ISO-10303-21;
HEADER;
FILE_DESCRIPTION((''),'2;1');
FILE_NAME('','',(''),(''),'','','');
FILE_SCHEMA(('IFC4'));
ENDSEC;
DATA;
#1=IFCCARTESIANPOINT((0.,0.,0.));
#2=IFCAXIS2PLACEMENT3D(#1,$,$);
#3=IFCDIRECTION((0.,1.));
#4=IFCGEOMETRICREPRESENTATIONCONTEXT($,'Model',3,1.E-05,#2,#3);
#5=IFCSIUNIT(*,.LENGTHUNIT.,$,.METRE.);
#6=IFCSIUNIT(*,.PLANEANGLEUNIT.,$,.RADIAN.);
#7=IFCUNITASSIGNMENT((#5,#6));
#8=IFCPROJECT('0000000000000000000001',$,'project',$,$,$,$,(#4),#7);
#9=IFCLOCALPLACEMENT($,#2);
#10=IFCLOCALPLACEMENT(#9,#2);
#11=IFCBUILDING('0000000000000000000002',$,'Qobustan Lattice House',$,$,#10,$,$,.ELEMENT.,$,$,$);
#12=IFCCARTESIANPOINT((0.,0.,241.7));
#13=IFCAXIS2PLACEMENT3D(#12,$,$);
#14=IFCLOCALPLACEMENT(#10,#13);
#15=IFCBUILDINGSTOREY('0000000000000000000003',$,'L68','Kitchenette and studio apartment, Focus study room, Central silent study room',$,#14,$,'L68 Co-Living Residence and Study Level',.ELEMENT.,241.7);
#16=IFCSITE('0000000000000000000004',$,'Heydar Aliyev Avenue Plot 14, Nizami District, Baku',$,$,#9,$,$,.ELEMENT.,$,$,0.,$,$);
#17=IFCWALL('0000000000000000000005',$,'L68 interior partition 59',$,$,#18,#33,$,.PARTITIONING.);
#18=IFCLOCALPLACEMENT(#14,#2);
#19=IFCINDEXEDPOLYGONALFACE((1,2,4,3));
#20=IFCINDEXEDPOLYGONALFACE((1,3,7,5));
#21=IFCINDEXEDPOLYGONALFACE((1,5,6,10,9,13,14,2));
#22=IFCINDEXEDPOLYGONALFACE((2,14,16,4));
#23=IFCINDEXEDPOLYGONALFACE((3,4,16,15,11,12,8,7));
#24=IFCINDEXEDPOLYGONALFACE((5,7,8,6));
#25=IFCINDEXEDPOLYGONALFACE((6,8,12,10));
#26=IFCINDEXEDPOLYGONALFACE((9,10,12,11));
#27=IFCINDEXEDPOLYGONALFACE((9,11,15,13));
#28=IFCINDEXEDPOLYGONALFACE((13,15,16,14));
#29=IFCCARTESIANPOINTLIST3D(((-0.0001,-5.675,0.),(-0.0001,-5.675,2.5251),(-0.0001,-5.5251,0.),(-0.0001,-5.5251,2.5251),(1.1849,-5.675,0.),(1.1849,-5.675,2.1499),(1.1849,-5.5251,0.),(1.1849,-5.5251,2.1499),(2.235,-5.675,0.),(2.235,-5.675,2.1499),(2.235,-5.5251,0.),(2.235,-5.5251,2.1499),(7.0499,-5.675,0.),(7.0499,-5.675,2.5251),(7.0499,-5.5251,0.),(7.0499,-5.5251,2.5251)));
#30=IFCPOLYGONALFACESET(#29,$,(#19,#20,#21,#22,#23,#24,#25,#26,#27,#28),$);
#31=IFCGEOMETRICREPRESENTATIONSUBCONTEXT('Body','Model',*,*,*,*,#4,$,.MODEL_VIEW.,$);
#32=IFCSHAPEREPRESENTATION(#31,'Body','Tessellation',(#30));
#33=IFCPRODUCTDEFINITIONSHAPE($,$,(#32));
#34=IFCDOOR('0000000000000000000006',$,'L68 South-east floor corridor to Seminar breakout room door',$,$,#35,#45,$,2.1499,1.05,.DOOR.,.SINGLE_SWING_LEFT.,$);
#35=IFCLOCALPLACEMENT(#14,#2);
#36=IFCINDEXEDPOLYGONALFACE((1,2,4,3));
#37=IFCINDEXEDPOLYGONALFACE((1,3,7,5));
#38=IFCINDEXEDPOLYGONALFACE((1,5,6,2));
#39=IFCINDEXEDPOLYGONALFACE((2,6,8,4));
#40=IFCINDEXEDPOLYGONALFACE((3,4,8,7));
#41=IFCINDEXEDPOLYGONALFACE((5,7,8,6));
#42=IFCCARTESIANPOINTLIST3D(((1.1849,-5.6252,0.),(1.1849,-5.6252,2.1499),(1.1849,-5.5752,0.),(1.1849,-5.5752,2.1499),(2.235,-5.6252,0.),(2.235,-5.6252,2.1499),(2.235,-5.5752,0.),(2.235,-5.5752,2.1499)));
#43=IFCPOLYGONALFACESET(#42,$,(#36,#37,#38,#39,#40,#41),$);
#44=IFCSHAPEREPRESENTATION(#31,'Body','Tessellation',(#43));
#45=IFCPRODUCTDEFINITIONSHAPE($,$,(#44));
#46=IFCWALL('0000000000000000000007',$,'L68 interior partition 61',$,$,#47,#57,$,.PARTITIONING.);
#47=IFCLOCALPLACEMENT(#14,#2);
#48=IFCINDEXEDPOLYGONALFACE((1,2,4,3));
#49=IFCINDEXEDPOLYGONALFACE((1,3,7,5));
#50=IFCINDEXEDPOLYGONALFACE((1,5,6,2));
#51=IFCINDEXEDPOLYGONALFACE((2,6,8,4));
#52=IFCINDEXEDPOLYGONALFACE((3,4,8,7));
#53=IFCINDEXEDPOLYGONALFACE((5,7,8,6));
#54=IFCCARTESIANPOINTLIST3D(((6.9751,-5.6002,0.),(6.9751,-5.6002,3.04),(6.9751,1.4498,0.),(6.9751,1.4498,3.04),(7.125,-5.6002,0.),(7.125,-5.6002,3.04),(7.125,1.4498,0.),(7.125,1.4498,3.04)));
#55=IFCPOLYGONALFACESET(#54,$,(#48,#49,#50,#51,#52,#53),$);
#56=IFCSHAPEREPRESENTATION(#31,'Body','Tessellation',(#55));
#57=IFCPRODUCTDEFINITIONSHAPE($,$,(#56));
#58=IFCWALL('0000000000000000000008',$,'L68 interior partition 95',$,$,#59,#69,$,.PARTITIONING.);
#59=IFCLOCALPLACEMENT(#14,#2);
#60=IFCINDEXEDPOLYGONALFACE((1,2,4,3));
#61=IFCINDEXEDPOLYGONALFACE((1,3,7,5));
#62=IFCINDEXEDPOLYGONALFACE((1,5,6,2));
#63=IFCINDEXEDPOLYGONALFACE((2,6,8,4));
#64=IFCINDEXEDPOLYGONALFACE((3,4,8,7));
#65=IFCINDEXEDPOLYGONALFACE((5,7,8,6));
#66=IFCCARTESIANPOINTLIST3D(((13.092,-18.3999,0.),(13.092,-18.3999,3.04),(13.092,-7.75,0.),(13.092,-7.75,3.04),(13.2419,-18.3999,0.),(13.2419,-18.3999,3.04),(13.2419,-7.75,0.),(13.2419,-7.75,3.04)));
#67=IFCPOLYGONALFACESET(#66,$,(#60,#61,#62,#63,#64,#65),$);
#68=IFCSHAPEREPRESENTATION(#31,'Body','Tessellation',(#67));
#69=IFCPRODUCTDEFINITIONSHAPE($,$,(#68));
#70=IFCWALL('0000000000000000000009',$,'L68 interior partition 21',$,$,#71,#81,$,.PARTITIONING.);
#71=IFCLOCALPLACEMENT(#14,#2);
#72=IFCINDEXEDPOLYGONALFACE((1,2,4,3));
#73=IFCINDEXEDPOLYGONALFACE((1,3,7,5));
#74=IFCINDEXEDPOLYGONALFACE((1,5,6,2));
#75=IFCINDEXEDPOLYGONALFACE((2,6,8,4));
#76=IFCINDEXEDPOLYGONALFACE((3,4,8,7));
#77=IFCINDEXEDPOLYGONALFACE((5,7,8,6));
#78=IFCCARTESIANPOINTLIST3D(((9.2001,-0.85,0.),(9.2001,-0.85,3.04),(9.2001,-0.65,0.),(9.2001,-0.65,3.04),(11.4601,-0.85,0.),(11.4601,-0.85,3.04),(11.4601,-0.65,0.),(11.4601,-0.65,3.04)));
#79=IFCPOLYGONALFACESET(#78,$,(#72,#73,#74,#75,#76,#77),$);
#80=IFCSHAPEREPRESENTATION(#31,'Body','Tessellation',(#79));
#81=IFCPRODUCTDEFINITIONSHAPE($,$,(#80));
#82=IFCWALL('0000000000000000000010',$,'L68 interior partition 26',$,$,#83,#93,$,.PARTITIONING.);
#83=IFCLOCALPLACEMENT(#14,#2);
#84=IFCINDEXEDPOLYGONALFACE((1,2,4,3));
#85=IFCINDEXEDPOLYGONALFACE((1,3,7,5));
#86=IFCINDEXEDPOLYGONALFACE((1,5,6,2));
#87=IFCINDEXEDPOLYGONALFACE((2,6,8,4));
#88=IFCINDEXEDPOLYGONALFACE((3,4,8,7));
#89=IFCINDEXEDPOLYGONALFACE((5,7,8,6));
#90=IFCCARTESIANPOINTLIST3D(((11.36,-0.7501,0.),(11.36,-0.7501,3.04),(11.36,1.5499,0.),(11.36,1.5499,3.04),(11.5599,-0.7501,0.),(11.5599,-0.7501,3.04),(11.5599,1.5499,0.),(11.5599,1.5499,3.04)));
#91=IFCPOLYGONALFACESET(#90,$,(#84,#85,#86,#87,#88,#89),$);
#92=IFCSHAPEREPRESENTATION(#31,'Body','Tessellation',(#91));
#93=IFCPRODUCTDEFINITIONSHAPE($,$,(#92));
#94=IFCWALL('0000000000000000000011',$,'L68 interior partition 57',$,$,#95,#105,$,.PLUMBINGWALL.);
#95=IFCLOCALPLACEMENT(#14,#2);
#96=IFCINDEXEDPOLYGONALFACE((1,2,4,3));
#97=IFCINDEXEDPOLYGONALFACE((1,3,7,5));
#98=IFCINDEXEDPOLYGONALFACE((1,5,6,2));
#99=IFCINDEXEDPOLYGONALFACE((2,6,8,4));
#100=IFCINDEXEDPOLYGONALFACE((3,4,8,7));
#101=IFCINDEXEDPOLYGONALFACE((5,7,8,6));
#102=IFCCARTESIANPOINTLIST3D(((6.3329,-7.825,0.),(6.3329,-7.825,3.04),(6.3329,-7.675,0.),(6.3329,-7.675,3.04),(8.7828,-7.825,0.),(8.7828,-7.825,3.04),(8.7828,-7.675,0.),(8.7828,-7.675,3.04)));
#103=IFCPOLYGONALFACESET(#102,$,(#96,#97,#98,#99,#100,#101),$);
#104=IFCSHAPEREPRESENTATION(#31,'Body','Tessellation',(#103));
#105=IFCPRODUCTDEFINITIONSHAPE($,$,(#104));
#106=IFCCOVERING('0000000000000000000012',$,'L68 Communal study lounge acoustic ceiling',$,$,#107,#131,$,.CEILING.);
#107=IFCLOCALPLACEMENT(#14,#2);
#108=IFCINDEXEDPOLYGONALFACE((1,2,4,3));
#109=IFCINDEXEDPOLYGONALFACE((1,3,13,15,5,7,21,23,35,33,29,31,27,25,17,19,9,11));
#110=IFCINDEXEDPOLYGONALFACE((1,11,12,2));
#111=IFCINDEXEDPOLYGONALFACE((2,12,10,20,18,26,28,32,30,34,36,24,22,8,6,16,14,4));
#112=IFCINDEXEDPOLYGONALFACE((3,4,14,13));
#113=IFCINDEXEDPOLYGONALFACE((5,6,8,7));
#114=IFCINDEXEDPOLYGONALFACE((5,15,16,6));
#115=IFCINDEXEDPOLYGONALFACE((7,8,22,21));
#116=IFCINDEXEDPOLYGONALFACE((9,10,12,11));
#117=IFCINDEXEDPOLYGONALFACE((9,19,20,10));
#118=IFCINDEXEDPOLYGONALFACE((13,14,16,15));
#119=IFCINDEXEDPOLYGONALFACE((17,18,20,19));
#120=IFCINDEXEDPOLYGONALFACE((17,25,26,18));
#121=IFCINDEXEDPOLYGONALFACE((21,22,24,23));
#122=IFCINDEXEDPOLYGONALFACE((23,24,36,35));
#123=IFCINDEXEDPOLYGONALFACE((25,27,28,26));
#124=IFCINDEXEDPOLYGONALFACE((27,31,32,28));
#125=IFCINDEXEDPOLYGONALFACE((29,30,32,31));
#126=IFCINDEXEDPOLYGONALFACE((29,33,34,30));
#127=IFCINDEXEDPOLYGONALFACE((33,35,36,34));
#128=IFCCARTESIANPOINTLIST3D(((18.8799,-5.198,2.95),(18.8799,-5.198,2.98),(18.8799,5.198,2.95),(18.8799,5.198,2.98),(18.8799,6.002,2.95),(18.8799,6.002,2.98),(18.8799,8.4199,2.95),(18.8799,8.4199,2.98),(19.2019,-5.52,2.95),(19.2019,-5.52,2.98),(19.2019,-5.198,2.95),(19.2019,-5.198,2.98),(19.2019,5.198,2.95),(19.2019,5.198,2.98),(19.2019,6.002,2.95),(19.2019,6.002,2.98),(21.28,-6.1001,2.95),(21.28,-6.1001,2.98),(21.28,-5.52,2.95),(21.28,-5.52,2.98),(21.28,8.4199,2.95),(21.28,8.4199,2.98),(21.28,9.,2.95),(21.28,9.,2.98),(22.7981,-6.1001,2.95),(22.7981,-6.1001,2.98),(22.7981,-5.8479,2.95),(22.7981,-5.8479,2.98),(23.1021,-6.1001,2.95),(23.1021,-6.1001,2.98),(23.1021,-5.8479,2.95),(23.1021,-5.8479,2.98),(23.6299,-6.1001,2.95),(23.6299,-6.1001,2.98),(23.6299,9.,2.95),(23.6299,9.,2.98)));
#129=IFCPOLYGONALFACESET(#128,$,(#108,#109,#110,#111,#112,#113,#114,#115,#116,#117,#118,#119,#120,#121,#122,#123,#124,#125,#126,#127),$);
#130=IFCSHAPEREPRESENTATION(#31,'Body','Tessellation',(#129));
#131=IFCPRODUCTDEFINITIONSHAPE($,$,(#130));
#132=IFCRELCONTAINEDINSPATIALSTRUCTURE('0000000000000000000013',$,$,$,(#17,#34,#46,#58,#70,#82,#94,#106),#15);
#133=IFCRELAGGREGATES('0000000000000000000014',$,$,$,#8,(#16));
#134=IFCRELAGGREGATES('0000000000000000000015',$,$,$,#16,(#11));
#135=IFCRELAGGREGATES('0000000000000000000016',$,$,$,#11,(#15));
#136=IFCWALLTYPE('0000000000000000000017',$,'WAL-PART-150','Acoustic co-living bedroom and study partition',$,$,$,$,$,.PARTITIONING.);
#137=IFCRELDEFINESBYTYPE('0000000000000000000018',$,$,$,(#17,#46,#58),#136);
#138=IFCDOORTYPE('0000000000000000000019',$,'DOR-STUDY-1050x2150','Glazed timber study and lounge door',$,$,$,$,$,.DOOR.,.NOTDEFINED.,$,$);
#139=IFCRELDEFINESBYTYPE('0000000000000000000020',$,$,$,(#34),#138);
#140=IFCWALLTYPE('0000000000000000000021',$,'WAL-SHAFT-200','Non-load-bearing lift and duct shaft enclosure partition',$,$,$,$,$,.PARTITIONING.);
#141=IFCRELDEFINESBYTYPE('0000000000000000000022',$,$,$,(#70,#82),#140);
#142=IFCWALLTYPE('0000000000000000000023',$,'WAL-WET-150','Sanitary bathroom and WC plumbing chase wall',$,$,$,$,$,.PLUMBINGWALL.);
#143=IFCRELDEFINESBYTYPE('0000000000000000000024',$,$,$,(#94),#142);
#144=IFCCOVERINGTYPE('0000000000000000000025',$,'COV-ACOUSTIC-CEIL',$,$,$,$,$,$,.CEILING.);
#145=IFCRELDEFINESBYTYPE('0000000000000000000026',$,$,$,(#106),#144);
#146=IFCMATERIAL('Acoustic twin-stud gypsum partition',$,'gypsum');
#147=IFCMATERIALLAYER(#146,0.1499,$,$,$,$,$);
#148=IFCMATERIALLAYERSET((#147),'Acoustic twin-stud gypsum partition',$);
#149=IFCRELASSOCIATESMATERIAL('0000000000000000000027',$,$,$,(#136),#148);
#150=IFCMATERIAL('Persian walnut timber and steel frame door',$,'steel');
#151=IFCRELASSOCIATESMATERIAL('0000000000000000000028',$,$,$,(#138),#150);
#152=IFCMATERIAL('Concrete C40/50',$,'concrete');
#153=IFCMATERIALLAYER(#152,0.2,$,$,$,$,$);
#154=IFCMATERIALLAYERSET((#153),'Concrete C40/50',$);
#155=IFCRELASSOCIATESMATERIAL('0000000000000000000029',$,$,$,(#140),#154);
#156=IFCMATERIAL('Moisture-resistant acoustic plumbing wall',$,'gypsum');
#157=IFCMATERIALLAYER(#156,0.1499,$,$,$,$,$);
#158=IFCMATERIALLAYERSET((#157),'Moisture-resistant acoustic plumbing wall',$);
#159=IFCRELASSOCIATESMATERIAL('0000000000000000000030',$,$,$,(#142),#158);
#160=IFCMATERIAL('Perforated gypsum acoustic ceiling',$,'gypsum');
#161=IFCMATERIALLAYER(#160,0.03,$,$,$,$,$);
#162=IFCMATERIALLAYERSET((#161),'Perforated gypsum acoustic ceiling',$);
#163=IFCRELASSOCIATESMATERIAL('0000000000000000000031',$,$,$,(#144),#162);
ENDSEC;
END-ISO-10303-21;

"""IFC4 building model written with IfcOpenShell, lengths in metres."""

from ifc_helpers import new_model, si_unit, direction, frame, frame_2d, origin, place, context, subcontext, project, spatial, polyline, rectangle, outline, extrude, material, layer, layer_set, type_object, element, fill, save


model = new_model("IFC4")

# Units and contexts
model_context = context("Model", 3, precision=1e-05, world=origin(), true_north=direction((0.0, 1.0)))
body_context = subcontext(model_context, "Body", "Model", "MODEL_VIEW")
ifc_project = project(units=[si_unit("LENGTHUNIT", "METRE"), si_unit("PLANEANGLEUNIT", "RADIAN")], contexts=[model_context])

# Site, building, storey
site_placement = place(None, origin())
site = spatial("IfcSite", under=ifc_project, at=site_placement, Name="Heydar Aliyev Avenue Plot 14, Nizami District, Baku", CompositionType="ELEMENT", RefElevation=0.0)
building_placement = place(site_placement, origin())
building = spatial("IfcBuilding", under=site, at=building_placement, Name="Qobustan Lattice House", CompositionType="ELEMENT")
storey_placement = place(building_placement, frame((0.0, 0.0, 241.7)))
storey = spatial("IfcBuildingStorey", under=building, at=storey_placement, Name="L68", Description="Kitchenette and studio apartment, Focus study room, Central silent study room", LongName="L68 Co-Living Residence and Study Level", CompositionType="ELEMENT", Elevation=241.7)

# Wall, opening, door
ifc_material_1 = material(Name="Acoustic twin-stud gypsum partition", Category="gypsum")
ifc_layer_1 = layer(ifc_material_1, 0.1499)
ifc_layer_set_1 = layer_set([ifc_layer_1], Name="Acoustic twin-stud gypsum partition")
wall_type_1 = type_object("IfcWallType", Name="WAL-PART-150", Description="Acoustic co-living bedroom and study partition", PredefinedType="PARTITIONING", material=ifc_layer_set_1)
wall_1_placement = place(storey_placement, frame((0.0, -5.6001, 0.0), z_axis=(0.0, 0.0, 1.0), x_axis=(1.0, 0.0, 0.0)))
wall_1 = element("IfcWall", 1, at=wall_1_placement, inside=storey, type_object=wall_type_1, Name="L68 interior partition 59", PredefinedType="PARTITIONING", context=body_context, shape_type="SweptSolid", body=[
    extrude(rectangle(XDim=7.05, YDim=0.1499, at=frame_2d((3.5249, 0.0))), origin(), (0.0, 0.0, 1.0), 2.5251),
])
opening_1_placement = place(wall_1_placement, frame((1.1851, 0.0, 0.0)))
opening_1 = element("IfcOpeningElement", 2, at=opening_1_placement, cuts=wall_1, PredefinedType="OPENING", context=body_context, shape_type="SweptSolid", body=[
    extrude(rectangle(XDim=1.05, YDim=2.1499, at=frame_2d((0.5249, 1.075))), frame((0.0, 0.085, 0.0), z_axis=(0.0, -1.0, 0.0), x_axis=(1.0, 0.0, 0.0)), (0.0, 0.0, 1.0), 0.1699),
])
ifc_material_2 = material(Name="Persian walnut timber and steel frame door", Category="steel")
door_type_1 = type_object("IfcDoorType", Name="DOR-STUDY-1050x2150", Description="Glazed timber study and lounge door", OperationType="NOTDEFINED", PredefinedType="DOOR", material=ifc_material_2)
door_1_placement = place(opening_1_placement, origin())
door_1 = element("IfcDoor", 3, at=door_1_placement, inside=storey, type_object=door_type_1, Name="L68 South-east floor corridor to Seminar breakout room door", OperationType="SINGLE_SWING_LEFT", OverallHeight=2.1499, OverallWidth=1.05, PredefinedType="DOOR", context=body_context, shape_type="SweptSolid", body=[
    extrude(rectangle(XDim=1.05, YDim=2.1499, at=frame_2d((0.5249, 1.075))), frame((0.0, 0.0249, 0.0), z_axis=(0.0, -1.0, 0.0), x_axis=(1.0, 0.0, 0.0)), (0.0, 0.0, 1.0), 0.05),
])
fill(opening_1, door_1)

# Walls
wall_2_placement = place(storey_placement, frame((7.05, -5.6001, 0.0), z_axis=(0.0, 0.0, 1.0), x_axis=(0.0, 1.0, 0.0)))
element("IfcWall", 4, at=wall_2_placement, inside=storey, type_object=wall_type_1, Name="L68 interior partition 61", PredefinedType="PARTITIONING", context=body_context, shape_type="SweptSolid", body=[
    extrude(rectangle(XDim=7.05, YDim=0.1499, at=frame_2d((3.5249, 0.0))), origin(), (0.0, 0.0, 1.0), 3.04),
])
wall_3_placement = place(storey_placement, frame((13.167, -7.75, 0.0), z_axis=(0.0, 0.0, 1.0), x_axis=(0.0, -1.0, 0.0)))
element("IfcWall", 5, at=wall_3_placement, inside=storey, type_object=wall_type_1, Name="L68 interior partition 95", PredefinedType="PARTITIONING", context=body_context, shape_type="SweptSolid", body=[
    extrude(rectangle(XDim=10.6499, YDim=0.1499, at=frame_2d((5.325, 0.0))), origin(), (0.0, 0.0, 1.0), 3.04),
])
ifc_material_3 = material(Name="Concrete C40/50", Category="concrete")
ifc_layer_2 = layer(ifc_material_3, 0.2)
ifc_layer_set_2 = layer_set([ifc_layer_2], Name="Concrete C40/50")
wall_type_2 = type_object("IfcWallType", Name="WAL-SHAFT-200", Description="Non-load-bearing lift and duct shaft enclosure partition", PredefinedType="PARTITIONING", material=ifc_layer_set_2)
wall_4_placement = place(storey_placement, frame((11.46, -0.75, 0.0), z_axis=(0.0, 0.0, 1.0), x_axis=(-1.0, 0.0, 0.0)))
element("IfcWall", 6, at=wall_4_placement, inside=storey, type_object=wall_type_2, Name="L68 interior partition 21", PredefinedType="PARTITIONING", context=body_context, shape_type="SweptSolid", body=[
    extrude(rectangle(XDim=2.26, YDim=0.2, at=frame_2d((1.1299, 0.0))), origin(), (0.0, 0.0, 1.0), 3.04),
])
wall_5_placement = place(storey_placement, frame((11.46, -0.75, 0.0), z_axis=(0.0, 0.0, 1.0), x_axis=(0.0, 1.0, 0.0)))
element("IfcWall", 7, at=wall_5_placement, inside=storey, type_object=wall_type_2, Name="L68 interior partition 26", PredefinedType="PARTITIONING", context=body_context, shape_type="SweptSolid", body=[
    extrude(rectangle(XDim=2.3, YDim=0.2, at=frame_2d((1.1499, 0.0))), origin(), (0.0, 0.0, 1.0), 3.04),
])
ifc_material_4 = material(Name="Moisture-resistant acoustic plumbing wall", Category="gypsum")
ifc_layer_3 = layer(ifc_material_4, 0.1499)
ifc_layer_set_3 = layer_set([ifc_layer_3], Name="Moisture-resistant acoustic plumbing wall")
wall_type_3 = type_object("IfcWallType", Name="WAL-WET-150", Description="Sanitary bathroom and WC plumbing chase wall", PredefinedType="PLUMBINGWALL", material=ifc_layer_set_3)
wall_6_placement = place(storey_placement, frame((8.783, -7.75, 0.0), z_axis=(0.0, 0.0, 1.0), x_axis=(-1.0, 0.0, 0.0)))
element("IfcWall", 8, at=wall_6_placement, inside=storey, type_object=wall_type_3, Name="L68 interior partition 57", PredefinedType="PLUMBINGWALL", context=body_context, shape_type="SweptSolid", body=[
    extrude(rectangle(XDim=2.45, YDim=0.1499, at=frame_2d((1.2251, 0.0))), origin(), (0.0, 0.0, 1.0), 3.04),
])

# Covering
ifc_material_5 = material(Name="Perforated gypsum acoustic ceiling", Category="gypsum")
ifc_layer_4 = layer(ifc_material_5, 0.03)
ifc_layer_set_4 = layer_set([ifc_layer_4], Name="Perforated gypsum acoustic ceiling")
covering_type = type_object("IfcCoveringType", Name="COV-ACOUSTIC-CEIL", PredefinedType="CEILING", material=ifc_layer_set_4)
covering_placement = place(storey_placement, frame((0.0, 0.0, 2.95)))
element("IfcCovering", 9, at=covering_placement, inside=storey, type_object=covering_type, Name="L68 Communal study lounge acoustic ceiling", PredefinedType="CEILING", context=body_context, shape_type="SweptSolid", body=[
    extrude(outline(polyline([(21.28, -5.52), (21.28, -6.1001), (22.7981, -6.1001), (22.7981, -5.8479), (23.1021, -5.8479), (23.1021, -6.1001), (23.6299, -6.1001), (23.6299, 9.0), (21.28, 9.0), (21.28, 8.4199), (18.8799, 8.4199), (18.8799, 6.002), (19.2019, 6.002), (19.2019, 5.198), (18.8799, 5.198), (18.8799, -5.198), (19.2019, -5.198), (19.2019, -5.52), (21.28, -5.52)])), origin(), (0.0, 0.0, 1.0), 0.03),
])

save(model, "model.ifc")
